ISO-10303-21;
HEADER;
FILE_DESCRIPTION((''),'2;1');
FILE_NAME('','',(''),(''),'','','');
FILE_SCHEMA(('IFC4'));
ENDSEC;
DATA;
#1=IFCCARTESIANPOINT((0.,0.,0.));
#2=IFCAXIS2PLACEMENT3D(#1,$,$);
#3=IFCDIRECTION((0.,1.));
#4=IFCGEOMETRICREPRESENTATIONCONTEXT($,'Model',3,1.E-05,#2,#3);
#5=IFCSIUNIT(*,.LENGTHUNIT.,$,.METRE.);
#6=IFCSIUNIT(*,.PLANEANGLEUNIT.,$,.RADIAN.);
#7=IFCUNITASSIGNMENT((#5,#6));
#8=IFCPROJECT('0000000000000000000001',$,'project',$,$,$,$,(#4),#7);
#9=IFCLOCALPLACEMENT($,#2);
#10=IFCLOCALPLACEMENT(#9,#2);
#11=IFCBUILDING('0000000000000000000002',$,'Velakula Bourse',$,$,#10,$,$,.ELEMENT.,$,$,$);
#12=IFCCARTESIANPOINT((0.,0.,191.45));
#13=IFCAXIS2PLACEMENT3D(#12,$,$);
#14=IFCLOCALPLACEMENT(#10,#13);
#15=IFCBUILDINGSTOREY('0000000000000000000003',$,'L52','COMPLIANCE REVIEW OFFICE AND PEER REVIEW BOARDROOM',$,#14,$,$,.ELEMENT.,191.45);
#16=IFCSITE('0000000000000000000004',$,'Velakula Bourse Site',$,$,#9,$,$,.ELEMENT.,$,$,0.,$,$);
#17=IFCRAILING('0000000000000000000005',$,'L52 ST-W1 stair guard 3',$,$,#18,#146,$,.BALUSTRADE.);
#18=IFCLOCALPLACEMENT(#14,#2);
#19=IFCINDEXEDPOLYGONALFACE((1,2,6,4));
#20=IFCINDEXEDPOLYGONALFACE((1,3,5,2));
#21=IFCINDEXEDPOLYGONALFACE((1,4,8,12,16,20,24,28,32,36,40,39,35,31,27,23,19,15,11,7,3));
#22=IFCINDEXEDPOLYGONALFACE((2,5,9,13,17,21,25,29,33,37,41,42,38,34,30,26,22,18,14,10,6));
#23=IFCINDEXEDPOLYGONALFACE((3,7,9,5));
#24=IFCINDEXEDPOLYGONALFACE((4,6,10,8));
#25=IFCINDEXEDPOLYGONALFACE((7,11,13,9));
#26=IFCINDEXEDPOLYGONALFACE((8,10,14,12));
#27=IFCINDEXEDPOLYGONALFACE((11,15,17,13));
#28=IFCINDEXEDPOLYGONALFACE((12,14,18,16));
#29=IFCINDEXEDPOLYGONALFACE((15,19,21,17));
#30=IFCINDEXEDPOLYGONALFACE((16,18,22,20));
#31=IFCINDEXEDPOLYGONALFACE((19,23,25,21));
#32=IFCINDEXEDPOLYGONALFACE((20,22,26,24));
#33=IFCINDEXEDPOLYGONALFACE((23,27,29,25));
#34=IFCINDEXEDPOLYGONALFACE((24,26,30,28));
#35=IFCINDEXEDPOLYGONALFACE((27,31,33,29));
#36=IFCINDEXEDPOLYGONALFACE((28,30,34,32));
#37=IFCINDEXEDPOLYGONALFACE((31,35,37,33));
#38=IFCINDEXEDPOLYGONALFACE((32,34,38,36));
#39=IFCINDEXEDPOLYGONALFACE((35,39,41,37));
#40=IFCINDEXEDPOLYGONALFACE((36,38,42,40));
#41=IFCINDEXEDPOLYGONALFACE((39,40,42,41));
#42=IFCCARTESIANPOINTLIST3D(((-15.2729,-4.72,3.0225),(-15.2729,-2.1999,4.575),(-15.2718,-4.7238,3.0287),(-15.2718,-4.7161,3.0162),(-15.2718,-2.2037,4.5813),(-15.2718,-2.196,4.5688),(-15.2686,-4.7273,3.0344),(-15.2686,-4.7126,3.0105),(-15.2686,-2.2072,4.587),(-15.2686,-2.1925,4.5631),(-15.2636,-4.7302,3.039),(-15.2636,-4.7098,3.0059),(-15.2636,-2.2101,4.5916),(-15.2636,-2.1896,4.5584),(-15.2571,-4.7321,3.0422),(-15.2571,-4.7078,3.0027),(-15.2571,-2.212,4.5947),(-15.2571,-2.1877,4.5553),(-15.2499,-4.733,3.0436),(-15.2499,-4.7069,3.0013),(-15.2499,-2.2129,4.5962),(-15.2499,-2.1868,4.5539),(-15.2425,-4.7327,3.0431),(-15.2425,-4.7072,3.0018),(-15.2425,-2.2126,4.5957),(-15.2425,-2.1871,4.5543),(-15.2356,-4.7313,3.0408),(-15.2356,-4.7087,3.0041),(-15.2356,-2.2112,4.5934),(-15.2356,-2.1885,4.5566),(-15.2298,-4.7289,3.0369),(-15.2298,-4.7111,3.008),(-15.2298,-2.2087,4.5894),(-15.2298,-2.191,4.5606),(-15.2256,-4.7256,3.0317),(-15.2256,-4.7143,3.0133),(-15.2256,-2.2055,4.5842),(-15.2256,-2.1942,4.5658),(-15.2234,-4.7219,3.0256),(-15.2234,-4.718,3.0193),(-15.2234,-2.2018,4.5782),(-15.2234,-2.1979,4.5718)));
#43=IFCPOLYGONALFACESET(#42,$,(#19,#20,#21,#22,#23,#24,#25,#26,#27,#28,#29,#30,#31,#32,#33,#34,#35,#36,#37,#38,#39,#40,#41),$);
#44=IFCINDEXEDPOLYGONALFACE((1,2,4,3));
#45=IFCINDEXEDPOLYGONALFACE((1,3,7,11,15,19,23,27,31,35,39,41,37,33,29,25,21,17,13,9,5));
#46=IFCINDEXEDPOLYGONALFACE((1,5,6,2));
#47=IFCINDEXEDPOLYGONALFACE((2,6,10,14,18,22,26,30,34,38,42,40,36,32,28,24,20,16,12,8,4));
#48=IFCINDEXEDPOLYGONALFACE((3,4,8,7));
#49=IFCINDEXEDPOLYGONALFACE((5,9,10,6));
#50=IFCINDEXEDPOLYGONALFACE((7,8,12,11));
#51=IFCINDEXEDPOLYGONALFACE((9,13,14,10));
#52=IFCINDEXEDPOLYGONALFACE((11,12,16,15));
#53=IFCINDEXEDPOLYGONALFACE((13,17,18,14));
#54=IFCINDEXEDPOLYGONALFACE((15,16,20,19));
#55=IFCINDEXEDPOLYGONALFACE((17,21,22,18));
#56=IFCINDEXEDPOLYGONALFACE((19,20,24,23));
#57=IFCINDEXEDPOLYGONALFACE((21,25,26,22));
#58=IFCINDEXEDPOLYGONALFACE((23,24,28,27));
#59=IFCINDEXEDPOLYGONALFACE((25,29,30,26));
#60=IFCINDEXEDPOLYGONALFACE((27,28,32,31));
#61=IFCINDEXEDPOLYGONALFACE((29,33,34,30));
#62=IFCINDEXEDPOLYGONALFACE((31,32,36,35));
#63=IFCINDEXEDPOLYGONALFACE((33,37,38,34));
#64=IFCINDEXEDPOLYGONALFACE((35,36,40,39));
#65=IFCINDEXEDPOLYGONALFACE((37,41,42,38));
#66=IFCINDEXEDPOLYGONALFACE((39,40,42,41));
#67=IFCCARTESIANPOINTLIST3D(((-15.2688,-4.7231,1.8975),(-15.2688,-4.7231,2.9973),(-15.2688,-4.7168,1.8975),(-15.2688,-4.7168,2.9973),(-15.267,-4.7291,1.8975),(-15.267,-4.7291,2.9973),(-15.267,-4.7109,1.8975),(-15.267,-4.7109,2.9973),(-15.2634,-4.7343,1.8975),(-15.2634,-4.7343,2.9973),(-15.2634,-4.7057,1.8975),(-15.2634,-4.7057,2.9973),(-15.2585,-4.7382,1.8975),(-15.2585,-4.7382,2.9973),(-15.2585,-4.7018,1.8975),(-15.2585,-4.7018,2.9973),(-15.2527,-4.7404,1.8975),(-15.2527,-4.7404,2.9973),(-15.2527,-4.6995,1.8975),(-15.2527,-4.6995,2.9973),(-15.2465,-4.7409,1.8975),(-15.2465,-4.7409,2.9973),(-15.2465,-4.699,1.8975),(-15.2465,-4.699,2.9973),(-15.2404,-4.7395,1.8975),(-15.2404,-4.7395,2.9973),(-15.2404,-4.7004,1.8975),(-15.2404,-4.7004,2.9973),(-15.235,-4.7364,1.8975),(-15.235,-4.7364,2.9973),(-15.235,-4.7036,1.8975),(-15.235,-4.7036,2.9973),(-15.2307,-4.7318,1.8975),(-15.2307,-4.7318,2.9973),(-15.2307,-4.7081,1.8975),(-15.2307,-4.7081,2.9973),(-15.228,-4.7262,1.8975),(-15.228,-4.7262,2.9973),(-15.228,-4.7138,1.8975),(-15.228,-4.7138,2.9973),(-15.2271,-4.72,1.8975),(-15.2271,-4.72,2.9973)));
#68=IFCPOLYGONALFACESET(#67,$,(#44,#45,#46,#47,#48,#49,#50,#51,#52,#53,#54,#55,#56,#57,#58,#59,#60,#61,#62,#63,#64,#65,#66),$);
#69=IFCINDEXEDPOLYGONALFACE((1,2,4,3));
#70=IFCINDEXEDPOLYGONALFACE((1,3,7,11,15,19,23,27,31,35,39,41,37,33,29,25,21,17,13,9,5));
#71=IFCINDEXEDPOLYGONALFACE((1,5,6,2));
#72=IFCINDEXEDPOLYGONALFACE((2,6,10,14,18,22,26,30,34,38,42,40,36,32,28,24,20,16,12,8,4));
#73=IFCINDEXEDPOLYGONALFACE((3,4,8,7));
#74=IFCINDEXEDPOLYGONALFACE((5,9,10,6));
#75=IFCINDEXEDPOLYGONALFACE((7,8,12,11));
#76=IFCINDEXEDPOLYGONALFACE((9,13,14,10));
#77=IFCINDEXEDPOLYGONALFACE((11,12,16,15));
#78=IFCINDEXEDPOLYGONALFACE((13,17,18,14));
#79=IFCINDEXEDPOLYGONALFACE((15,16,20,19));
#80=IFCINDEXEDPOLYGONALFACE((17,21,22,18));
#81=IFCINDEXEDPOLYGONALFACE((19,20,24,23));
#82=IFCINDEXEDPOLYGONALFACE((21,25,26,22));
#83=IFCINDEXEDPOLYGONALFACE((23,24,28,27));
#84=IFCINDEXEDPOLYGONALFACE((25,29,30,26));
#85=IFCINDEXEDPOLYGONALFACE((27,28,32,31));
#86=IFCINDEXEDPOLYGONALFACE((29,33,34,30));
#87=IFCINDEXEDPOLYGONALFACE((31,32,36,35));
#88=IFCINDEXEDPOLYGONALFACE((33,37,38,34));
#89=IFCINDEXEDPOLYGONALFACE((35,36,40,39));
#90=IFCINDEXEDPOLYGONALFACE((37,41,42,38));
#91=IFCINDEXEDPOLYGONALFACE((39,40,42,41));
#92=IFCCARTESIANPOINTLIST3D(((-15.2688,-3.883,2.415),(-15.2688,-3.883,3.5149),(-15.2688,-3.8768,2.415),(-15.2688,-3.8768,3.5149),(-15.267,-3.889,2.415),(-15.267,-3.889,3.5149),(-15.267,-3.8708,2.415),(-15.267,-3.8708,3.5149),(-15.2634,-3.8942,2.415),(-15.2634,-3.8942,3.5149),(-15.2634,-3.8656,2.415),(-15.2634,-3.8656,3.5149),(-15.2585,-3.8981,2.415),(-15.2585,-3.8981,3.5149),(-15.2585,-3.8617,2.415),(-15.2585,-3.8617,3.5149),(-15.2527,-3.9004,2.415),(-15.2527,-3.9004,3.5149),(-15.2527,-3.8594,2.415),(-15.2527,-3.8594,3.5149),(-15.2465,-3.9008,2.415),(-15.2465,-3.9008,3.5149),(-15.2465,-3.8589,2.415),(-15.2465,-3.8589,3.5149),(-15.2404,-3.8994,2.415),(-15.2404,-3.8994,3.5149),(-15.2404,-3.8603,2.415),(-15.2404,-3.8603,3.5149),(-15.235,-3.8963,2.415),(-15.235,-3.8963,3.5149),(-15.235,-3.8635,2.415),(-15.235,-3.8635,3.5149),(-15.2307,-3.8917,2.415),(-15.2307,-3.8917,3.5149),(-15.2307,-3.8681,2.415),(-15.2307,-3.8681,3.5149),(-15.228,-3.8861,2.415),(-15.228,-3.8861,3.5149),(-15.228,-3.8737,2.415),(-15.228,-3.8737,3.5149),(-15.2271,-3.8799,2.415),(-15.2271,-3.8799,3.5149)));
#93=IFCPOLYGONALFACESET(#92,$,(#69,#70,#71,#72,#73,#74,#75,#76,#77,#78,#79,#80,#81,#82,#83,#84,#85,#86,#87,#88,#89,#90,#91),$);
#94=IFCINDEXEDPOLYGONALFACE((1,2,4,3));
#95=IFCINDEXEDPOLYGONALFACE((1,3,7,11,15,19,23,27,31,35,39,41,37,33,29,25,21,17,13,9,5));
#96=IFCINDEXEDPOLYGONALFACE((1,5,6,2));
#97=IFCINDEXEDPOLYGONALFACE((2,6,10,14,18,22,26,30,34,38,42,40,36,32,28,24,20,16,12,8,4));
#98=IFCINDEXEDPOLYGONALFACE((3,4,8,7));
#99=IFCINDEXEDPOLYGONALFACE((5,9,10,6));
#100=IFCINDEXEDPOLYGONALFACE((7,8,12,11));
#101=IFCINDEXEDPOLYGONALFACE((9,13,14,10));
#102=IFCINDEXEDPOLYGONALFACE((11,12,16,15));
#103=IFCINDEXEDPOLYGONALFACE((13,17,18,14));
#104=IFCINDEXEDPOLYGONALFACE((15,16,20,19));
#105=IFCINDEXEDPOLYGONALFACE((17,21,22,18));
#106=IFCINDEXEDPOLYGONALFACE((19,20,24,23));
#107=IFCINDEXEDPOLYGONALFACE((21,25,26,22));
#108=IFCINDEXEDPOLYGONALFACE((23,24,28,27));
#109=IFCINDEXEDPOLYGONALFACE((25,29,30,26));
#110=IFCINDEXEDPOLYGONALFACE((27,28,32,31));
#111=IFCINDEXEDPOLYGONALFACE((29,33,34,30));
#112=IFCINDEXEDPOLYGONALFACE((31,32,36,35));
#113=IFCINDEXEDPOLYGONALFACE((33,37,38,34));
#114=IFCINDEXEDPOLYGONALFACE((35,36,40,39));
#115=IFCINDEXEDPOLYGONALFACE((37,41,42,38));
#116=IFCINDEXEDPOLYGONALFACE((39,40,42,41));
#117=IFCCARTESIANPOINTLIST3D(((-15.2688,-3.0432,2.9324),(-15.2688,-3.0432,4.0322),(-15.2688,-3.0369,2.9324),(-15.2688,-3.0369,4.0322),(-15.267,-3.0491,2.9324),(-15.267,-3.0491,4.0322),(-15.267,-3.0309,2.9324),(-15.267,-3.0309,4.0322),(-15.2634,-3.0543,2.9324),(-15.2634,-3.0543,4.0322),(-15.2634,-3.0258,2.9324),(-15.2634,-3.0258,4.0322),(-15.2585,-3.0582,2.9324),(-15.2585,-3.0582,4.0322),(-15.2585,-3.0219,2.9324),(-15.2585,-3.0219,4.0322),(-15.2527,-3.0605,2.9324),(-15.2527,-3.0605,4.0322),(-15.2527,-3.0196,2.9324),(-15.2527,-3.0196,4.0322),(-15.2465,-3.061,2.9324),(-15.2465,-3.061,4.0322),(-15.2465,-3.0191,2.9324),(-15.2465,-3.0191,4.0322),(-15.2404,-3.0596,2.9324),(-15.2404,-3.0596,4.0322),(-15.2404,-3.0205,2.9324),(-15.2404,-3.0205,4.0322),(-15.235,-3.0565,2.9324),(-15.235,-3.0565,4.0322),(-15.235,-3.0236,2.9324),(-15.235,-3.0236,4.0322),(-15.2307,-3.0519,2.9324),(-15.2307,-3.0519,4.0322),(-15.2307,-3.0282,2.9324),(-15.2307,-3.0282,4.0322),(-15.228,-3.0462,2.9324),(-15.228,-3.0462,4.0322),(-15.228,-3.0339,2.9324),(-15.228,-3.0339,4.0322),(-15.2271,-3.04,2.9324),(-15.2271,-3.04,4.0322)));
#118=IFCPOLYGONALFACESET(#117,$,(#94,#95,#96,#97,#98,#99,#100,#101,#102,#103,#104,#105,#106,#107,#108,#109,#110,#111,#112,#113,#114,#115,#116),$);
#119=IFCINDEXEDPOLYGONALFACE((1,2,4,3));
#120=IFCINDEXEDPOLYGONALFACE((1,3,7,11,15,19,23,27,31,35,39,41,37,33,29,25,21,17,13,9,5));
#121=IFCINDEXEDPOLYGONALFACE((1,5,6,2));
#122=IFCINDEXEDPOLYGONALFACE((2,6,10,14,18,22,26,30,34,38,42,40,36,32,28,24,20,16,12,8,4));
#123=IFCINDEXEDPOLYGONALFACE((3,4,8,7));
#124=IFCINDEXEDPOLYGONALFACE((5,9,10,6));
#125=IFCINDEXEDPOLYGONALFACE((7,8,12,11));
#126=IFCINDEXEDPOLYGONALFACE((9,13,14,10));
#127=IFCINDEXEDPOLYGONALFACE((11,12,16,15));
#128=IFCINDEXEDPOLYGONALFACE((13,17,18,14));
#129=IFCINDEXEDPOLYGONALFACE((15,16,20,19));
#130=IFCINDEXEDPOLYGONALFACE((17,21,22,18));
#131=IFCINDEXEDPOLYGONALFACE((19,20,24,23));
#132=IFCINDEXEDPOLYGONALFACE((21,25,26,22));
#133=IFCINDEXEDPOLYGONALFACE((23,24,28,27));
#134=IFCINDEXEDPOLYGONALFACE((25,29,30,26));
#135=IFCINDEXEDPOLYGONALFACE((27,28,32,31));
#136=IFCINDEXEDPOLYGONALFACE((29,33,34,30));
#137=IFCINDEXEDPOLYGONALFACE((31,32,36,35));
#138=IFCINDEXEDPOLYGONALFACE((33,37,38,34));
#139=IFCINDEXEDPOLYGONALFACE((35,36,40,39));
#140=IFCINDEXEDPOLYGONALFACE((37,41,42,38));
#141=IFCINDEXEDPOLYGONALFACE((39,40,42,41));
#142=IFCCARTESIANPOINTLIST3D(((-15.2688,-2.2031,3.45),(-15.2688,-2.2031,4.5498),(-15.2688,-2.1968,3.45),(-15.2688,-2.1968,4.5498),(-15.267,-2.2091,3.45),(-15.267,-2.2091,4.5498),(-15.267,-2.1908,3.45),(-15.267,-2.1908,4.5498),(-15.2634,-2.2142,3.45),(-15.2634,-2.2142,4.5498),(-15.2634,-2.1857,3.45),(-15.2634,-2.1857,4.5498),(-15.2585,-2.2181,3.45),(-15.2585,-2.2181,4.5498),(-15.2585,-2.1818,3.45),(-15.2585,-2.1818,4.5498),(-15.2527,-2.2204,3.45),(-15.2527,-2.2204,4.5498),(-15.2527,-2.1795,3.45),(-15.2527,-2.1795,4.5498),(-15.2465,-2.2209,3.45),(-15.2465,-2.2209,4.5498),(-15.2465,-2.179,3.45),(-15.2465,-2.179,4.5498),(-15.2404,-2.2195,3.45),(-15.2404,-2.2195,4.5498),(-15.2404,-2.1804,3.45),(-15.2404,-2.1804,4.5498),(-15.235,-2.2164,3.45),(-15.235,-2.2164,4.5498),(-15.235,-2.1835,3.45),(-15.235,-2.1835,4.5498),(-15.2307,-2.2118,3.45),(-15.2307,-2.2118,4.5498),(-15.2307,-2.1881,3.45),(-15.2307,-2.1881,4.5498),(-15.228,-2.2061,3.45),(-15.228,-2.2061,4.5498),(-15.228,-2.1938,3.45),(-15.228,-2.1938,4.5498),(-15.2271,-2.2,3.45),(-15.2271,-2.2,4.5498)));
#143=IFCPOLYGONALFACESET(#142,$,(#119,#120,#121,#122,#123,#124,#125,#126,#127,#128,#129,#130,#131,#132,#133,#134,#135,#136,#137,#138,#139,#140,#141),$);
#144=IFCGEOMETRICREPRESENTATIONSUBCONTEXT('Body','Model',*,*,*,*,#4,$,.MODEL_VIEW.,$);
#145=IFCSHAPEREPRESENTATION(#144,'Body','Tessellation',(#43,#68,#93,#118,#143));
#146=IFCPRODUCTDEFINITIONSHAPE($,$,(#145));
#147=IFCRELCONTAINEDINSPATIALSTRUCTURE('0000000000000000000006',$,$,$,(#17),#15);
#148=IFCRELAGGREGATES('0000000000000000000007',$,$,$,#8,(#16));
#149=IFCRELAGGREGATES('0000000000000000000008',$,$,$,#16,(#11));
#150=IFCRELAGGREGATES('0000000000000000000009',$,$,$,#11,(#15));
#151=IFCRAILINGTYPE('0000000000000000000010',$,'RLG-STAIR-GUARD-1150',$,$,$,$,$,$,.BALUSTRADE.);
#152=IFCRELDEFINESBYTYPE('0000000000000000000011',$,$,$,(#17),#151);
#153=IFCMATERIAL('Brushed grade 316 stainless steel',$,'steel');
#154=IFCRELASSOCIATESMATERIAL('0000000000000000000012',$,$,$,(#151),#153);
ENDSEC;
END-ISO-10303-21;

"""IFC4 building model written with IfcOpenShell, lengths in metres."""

from ifc_helpers import new_model, si_unit, direction, frame, origin, origin_2d, place, context, subcontext, project, spatial, circle, extrude, material, type_object, element, save


model = new_model("IFC4")

# Units and contexts
model_context = context("Model", 3, precision=1e-05, world=origin(), true_north=direction((0.0, 1.0)))
body_context = subcontext(model_context, "Body", "Model", "MODEL_VIEW")
ifc_project = project(units=[si_unit("LENGTHUNIT", "METRE"), si_unit("PLANEANGLEUNIT", "RADIAN")], contexts=[model_context])

# Site, building, storey
site_placement = place(None, origin())
site = spatial("IfcSite", under=ifc_project, at=site_placement, Name="Velakula Bourse Site", CompositionType="ELEMENT", RefElevation=0.0)
building_placement = place(site_placement, origin())
building = spatial("IfcBuilding", under=site, at=building_placement, Name="Velakula Bourse", CompositionType="ELEMENT")
storey_placement = place(building_placement, frame((0.0, 0.0, 191.45)))
storey = spatial("IfcBuildingStorey", under=building, at=storey_placement, Name="L52", Description="COMPLIANCE REVIEW OFFICE AND PEER REVIEW BOARDROOM", CompositionType="ELEMENT", Elevation=191.45)

# Shared definitions
ifc_material_1 = material(Name="Brushed grade 316 stainless steel", Category="steel")

# Railing
railing_type_1 = type_object("IfcRailingType", Name="RLG-STAIR-GUARD-1150", PredefinedType="BALUSTRADE", material=ifc_material_1)
railing_1_placement = place(storey_placement, frame((-15.248, -4.72, 1.8975)))
element("IfcRailing", 1, at=railing_1_placement, inside=storey, type_object=railing_type_1, Name="L52 ST-W1 stair guard 3", PredefinedType="BALUSTRADE", context=body_context, shape_type="SweptSolid", body=[
    extrude(circle(Radius=0.0249, at=origin_2d()), frame((0.0, 0.0, 1.125), z_axis=(0.0, 0.8514, 0.524516), x_axis=(-1.0, 0.0, 0.0)), (0.0, 0.0, 1.0), 2.96),
    extrude(circle(Radius=0.021, at=origin_2d()), origin(), (0.0, 0.0, 1.0), 1.0999),
    extrude(circle(Radius=0.021, at=origin_2d()), frame((0.0, 0.8401, 0.5176)), (0.0, 0.0, 1.0), 1.0999),
    extrude(circle(Radius=0.021, at=origin_2d()), frame((0.0, 1.6799, 1.0349)), (0.0, 0.0, 1.0), 1.0999),
    extrude(circle(Radius=0.021, at=origin_2d()), frame((0.0, 2.52, 1.5525)), (0.0, 0.0, 1.0), 1.0999),
])

save(model, "model.ifc")
